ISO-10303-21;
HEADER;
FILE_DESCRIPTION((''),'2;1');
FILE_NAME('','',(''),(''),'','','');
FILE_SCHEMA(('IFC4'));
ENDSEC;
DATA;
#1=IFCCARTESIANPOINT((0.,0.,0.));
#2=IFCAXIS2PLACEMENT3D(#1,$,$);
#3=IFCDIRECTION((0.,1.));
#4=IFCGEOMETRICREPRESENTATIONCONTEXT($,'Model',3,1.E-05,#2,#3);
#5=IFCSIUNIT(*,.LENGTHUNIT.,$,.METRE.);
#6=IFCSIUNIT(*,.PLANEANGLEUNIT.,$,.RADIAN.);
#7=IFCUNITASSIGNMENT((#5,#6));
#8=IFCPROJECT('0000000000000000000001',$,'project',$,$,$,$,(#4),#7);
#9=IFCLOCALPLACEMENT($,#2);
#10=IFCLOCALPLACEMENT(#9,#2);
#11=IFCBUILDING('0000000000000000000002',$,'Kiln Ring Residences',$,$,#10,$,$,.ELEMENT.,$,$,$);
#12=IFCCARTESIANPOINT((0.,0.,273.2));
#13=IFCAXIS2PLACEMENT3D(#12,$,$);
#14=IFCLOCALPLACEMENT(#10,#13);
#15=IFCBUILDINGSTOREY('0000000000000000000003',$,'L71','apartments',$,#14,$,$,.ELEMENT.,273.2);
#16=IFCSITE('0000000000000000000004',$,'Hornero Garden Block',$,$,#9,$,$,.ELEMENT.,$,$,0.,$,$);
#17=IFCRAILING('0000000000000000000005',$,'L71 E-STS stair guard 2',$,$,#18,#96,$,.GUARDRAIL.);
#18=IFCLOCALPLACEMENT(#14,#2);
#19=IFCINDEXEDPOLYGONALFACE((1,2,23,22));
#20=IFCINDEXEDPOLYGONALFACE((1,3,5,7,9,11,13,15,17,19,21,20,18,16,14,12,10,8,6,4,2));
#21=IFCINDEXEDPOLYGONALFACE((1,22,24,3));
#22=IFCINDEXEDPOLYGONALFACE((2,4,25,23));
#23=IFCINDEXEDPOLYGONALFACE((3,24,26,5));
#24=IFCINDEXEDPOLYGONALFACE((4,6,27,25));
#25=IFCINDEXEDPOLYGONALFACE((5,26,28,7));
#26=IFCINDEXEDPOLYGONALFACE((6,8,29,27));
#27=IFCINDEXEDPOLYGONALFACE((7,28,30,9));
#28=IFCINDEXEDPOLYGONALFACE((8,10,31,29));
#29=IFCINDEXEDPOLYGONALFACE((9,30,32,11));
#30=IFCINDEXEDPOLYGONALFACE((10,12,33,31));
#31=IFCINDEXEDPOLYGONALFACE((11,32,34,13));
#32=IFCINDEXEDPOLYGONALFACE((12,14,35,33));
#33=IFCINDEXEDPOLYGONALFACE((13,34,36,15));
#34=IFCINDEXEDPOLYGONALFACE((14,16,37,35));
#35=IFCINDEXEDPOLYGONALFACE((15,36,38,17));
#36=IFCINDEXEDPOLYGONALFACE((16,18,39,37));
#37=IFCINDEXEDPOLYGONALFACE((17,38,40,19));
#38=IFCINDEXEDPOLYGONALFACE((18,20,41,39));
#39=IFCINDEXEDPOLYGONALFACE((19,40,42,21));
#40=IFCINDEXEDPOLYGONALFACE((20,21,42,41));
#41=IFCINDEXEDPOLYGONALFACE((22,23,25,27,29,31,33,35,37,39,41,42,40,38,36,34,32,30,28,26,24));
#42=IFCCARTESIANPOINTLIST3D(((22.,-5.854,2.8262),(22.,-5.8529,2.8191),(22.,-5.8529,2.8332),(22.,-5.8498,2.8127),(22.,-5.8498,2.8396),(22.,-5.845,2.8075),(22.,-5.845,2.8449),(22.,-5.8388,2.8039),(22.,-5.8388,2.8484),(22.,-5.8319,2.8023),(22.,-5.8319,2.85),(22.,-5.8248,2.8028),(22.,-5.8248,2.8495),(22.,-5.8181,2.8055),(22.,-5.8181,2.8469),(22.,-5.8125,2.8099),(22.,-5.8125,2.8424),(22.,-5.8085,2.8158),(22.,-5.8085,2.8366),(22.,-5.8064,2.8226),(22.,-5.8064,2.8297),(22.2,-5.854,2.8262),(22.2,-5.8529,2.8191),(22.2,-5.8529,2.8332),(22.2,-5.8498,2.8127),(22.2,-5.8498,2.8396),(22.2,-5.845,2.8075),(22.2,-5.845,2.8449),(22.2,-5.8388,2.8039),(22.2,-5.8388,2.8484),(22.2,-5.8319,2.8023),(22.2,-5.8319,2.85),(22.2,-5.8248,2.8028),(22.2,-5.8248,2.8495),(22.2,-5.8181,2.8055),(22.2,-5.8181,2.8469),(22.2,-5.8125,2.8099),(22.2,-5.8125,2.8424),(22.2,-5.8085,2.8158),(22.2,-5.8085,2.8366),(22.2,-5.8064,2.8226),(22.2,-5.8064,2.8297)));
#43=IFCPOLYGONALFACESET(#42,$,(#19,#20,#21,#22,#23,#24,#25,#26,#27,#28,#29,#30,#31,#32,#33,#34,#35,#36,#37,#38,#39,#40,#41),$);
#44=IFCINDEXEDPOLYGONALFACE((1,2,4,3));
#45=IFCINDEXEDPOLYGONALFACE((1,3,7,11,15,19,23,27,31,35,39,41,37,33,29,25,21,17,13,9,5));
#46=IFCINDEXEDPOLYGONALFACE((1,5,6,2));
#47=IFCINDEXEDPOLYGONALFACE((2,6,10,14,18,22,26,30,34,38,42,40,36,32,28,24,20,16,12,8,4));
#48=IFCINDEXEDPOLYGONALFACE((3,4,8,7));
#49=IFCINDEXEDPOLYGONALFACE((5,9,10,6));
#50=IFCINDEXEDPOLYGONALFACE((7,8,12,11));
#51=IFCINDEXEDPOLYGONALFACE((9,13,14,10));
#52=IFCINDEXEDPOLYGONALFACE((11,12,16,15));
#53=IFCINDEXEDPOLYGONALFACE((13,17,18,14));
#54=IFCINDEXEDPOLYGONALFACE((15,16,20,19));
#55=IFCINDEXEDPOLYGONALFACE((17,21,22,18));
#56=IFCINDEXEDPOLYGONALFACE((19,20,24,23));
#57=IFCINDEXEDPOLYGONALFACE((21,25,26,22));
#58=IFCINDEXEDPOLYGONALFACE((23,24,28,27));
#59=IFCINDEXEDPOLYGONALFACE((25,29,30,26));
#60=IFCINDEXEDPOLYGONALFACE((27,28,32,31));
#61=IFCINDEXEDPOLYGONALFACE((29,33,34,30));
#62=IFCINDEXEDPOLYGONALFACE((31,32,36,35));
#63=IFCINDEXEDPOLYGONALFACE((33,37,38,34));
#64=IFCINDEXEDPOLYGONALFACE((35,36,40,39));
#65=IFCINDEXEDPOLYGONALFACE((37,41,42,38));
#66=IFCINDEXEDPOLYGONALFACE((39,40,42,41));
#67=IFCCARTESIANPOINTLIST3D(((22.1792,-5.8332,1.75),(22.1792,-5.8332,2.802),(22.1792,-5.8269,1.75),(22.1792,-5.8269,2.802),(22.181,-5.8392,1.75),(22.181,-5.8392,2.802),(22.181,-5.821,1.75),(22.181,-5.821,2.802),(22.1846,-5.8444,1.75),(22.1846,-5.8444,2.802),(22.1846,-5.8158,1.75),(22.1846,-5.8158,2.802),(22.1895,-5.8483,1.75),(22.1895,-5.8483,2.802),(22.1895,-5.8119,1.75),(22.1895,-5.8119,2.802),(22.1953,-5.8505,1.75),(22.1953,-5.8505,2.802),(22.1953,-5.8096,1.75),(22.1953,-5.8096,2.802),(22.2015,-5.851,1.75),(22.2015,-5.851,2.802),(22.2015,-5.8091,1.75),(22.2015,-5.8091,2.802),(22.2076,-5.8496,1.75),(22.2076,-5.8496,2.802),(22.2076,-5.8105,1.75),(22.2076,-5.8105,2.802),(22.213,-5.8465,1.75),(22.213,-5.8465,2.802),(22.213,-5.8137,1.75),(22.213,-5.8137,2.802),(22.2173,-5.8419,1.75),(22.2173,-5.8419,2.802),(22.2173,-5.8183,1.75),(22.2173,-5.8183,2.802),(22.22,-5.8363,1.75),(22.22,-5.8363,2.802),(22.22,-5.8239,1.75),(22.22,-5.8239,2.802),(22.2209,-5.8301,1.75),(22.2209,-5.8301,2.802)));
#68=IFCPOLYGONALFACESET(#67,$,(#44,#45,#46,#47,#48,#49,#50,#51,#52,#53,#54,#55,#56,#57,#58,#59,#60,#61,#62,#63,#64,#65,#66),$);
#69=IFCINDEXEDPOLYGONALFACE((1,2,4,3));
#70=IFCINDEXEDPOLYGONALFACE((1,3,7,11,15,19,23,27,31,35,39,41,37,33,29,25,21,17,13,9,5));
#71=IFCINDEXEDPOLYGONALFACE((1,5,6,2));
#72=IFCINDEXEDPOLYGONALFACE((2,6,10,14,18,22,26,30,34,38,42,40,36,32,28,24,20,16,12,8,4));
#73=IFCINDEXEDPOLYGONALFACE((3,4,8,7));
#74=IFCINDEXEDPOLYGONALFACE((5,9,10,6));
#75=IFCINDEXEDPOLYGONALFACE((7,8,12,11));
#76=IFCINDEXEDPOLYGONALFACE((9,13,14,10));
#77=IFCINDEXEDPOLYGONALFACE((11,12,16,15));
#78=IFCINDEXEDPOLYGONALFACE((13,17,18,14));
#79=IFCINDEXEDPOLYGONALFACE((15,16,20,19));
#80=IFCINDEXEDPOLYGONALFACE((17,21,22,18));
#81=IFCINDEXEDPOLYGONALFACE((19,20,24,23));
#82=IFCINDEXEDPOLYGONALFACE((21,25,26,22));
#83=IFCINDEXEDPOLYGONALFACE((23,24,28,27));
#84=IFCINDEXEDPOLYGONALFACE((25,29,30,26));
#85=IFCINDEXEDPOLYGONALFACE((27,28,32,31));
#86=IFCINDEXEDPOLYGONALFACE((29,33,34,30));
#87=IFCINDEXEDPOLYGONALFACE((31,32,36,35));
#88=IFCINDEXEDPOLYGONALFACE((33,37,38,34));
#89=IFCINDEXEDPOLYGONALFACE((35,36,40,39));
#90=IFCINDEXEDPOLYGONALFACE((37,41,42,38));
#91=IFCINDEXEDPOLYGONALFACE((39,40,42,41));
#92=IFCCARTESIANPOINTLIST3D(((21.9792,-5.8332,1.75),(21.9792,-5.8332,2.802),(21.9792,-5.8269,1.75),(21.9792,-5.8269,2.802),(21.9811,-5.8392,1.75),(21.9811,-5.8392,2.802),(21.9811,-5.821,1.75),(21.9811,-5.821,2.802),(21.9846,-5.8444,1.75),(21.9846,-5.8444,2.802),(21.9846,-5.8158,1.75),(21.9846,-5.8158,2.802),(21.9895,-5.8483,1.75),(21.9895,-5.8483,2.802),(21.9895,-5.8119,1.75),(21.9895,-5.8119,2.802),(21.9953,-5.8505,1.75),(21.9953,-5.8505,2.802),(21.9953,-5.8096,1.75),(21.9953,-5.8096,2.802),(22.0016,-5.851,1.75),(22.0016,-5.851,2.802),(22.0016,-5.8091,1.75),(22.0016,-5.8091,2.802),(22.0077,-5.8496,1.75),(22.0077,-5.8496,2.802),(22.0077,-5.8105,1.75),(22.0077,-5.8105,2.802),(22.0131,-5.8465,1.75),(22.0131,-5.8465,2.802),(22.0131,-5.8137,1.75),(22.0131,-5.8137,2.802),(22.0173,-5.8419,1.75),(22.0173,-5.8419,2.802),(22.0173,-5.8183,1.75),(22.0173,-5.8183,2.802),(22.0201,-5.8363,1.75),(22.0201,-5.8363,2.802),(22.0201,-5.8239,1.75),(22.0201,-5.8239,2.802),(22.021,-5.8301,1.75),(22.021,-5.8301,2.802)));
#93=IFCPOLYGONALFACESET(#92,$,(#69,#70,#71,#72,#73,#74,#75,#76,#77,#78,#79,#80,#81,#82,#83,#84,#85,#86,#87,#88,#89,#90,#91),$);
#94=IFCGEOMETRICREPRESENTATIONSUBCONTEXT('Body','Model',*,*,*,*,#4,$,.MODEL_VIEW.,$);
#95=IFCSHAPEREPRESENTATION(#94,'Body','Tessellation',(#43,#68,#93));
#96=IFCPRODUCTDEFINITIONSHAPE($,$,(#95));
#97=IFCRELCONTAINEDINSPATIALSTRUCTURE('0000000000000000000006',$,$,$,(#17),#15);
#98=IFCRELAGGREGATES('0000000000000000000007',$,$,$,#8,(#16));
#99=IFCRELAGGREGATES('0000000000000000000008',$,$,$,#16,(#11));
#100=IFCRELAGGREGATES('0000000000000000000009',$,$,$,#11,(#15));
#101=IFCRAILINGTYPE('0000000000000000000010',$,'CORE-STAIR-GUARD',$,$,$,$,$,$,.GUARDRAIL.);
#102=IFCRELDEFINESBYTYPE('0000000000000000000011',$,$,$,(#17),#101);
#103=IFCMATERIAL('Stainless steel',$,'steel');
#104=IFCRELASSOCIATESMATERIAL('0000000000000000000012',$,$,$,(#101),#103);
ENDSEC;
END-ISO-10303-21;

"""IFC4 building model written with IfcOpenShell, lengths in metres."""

from ifc_helpers import new_model, si_unit, direction, frame, origin, origin_2d, place, context, subcontext, project, spatial, circle, extrude, material, type_object, element, save


model = new_model("IFC4")

# Units and contexts
model_context = context("Model", 3, precision=1e-05, world=origin(), true_north=direction((0.0, 1.0)))
body_context = subcontext(model_context, "Body", "Model", "MODEL_VIEW")
ifc_project = project(units=[si_unit("LENGTHUNIT", "METRE"), si_unit("PLANEANGLEUNIT", "RADIAN")], contexts=[model_context])

# Site, building, storey
site_placement = place(None, origin())
site = spatial("IfcSite", under=ifc_project, at=site_placement, Name="Hornero Garden Block", CompositionType="ELEMENT", RefElevation=0.0)
building_placement = place(site_placement, origin())
building = spatial("IfcBuilding", under=site, at=building_placement, Name="Kiln Ring Residences", CompositionType="ELEMENT")
storey_placement = place(building_placement, frame((0.0, 0.0, 273.2)))
storey = spatial("IfcBuildingStorey", under=building, at=storey_placement, Name="L71", Description="apartments", CompositionType="ELEMENT", Elevation=273.2)

# Railing
ifc_material_1 = material(Name="Stainless steel", Category="steel")
railing_type_1 = type_object("IfcRailingType", Name="CORE-STAIR-GUARD", PredefinedType="GUARDRAIL", material=ifc_material_1)
railing_1_placement = place(storey_placement, frame((22.2, -5.8301, 1.75)))
element("IfcRailing", 1, at=railing_1_placement, inside=storey, type_object=railing_type_1, Name="L71 E-STS stair guard 2", PredefinedType="GUARDRAIL", context=body_context, shape_type="SweptSolid", body=[
    extrude(circle(Radius=0.0239, at=origin_2d()), frame((0.0, 0.0, 1.0762), z_axis=(-1.0, 0.0, 0.0), x_axis=(0.0, -1.0, 0.0)), (0.0, 0.0, 1.0), 0.2),
    extrude(circle(Radius=0.021, at=origin_2d()), origin(), (0.0, 0.0, 1.0), 1.052),
    extrude(circle(Radius=0.021, at=origin_2d()), frame((-0.2, 0.0, 0.0)), (0.0, 0.0, 1.0), 1.052),
])

save(model, "model.ifc")
